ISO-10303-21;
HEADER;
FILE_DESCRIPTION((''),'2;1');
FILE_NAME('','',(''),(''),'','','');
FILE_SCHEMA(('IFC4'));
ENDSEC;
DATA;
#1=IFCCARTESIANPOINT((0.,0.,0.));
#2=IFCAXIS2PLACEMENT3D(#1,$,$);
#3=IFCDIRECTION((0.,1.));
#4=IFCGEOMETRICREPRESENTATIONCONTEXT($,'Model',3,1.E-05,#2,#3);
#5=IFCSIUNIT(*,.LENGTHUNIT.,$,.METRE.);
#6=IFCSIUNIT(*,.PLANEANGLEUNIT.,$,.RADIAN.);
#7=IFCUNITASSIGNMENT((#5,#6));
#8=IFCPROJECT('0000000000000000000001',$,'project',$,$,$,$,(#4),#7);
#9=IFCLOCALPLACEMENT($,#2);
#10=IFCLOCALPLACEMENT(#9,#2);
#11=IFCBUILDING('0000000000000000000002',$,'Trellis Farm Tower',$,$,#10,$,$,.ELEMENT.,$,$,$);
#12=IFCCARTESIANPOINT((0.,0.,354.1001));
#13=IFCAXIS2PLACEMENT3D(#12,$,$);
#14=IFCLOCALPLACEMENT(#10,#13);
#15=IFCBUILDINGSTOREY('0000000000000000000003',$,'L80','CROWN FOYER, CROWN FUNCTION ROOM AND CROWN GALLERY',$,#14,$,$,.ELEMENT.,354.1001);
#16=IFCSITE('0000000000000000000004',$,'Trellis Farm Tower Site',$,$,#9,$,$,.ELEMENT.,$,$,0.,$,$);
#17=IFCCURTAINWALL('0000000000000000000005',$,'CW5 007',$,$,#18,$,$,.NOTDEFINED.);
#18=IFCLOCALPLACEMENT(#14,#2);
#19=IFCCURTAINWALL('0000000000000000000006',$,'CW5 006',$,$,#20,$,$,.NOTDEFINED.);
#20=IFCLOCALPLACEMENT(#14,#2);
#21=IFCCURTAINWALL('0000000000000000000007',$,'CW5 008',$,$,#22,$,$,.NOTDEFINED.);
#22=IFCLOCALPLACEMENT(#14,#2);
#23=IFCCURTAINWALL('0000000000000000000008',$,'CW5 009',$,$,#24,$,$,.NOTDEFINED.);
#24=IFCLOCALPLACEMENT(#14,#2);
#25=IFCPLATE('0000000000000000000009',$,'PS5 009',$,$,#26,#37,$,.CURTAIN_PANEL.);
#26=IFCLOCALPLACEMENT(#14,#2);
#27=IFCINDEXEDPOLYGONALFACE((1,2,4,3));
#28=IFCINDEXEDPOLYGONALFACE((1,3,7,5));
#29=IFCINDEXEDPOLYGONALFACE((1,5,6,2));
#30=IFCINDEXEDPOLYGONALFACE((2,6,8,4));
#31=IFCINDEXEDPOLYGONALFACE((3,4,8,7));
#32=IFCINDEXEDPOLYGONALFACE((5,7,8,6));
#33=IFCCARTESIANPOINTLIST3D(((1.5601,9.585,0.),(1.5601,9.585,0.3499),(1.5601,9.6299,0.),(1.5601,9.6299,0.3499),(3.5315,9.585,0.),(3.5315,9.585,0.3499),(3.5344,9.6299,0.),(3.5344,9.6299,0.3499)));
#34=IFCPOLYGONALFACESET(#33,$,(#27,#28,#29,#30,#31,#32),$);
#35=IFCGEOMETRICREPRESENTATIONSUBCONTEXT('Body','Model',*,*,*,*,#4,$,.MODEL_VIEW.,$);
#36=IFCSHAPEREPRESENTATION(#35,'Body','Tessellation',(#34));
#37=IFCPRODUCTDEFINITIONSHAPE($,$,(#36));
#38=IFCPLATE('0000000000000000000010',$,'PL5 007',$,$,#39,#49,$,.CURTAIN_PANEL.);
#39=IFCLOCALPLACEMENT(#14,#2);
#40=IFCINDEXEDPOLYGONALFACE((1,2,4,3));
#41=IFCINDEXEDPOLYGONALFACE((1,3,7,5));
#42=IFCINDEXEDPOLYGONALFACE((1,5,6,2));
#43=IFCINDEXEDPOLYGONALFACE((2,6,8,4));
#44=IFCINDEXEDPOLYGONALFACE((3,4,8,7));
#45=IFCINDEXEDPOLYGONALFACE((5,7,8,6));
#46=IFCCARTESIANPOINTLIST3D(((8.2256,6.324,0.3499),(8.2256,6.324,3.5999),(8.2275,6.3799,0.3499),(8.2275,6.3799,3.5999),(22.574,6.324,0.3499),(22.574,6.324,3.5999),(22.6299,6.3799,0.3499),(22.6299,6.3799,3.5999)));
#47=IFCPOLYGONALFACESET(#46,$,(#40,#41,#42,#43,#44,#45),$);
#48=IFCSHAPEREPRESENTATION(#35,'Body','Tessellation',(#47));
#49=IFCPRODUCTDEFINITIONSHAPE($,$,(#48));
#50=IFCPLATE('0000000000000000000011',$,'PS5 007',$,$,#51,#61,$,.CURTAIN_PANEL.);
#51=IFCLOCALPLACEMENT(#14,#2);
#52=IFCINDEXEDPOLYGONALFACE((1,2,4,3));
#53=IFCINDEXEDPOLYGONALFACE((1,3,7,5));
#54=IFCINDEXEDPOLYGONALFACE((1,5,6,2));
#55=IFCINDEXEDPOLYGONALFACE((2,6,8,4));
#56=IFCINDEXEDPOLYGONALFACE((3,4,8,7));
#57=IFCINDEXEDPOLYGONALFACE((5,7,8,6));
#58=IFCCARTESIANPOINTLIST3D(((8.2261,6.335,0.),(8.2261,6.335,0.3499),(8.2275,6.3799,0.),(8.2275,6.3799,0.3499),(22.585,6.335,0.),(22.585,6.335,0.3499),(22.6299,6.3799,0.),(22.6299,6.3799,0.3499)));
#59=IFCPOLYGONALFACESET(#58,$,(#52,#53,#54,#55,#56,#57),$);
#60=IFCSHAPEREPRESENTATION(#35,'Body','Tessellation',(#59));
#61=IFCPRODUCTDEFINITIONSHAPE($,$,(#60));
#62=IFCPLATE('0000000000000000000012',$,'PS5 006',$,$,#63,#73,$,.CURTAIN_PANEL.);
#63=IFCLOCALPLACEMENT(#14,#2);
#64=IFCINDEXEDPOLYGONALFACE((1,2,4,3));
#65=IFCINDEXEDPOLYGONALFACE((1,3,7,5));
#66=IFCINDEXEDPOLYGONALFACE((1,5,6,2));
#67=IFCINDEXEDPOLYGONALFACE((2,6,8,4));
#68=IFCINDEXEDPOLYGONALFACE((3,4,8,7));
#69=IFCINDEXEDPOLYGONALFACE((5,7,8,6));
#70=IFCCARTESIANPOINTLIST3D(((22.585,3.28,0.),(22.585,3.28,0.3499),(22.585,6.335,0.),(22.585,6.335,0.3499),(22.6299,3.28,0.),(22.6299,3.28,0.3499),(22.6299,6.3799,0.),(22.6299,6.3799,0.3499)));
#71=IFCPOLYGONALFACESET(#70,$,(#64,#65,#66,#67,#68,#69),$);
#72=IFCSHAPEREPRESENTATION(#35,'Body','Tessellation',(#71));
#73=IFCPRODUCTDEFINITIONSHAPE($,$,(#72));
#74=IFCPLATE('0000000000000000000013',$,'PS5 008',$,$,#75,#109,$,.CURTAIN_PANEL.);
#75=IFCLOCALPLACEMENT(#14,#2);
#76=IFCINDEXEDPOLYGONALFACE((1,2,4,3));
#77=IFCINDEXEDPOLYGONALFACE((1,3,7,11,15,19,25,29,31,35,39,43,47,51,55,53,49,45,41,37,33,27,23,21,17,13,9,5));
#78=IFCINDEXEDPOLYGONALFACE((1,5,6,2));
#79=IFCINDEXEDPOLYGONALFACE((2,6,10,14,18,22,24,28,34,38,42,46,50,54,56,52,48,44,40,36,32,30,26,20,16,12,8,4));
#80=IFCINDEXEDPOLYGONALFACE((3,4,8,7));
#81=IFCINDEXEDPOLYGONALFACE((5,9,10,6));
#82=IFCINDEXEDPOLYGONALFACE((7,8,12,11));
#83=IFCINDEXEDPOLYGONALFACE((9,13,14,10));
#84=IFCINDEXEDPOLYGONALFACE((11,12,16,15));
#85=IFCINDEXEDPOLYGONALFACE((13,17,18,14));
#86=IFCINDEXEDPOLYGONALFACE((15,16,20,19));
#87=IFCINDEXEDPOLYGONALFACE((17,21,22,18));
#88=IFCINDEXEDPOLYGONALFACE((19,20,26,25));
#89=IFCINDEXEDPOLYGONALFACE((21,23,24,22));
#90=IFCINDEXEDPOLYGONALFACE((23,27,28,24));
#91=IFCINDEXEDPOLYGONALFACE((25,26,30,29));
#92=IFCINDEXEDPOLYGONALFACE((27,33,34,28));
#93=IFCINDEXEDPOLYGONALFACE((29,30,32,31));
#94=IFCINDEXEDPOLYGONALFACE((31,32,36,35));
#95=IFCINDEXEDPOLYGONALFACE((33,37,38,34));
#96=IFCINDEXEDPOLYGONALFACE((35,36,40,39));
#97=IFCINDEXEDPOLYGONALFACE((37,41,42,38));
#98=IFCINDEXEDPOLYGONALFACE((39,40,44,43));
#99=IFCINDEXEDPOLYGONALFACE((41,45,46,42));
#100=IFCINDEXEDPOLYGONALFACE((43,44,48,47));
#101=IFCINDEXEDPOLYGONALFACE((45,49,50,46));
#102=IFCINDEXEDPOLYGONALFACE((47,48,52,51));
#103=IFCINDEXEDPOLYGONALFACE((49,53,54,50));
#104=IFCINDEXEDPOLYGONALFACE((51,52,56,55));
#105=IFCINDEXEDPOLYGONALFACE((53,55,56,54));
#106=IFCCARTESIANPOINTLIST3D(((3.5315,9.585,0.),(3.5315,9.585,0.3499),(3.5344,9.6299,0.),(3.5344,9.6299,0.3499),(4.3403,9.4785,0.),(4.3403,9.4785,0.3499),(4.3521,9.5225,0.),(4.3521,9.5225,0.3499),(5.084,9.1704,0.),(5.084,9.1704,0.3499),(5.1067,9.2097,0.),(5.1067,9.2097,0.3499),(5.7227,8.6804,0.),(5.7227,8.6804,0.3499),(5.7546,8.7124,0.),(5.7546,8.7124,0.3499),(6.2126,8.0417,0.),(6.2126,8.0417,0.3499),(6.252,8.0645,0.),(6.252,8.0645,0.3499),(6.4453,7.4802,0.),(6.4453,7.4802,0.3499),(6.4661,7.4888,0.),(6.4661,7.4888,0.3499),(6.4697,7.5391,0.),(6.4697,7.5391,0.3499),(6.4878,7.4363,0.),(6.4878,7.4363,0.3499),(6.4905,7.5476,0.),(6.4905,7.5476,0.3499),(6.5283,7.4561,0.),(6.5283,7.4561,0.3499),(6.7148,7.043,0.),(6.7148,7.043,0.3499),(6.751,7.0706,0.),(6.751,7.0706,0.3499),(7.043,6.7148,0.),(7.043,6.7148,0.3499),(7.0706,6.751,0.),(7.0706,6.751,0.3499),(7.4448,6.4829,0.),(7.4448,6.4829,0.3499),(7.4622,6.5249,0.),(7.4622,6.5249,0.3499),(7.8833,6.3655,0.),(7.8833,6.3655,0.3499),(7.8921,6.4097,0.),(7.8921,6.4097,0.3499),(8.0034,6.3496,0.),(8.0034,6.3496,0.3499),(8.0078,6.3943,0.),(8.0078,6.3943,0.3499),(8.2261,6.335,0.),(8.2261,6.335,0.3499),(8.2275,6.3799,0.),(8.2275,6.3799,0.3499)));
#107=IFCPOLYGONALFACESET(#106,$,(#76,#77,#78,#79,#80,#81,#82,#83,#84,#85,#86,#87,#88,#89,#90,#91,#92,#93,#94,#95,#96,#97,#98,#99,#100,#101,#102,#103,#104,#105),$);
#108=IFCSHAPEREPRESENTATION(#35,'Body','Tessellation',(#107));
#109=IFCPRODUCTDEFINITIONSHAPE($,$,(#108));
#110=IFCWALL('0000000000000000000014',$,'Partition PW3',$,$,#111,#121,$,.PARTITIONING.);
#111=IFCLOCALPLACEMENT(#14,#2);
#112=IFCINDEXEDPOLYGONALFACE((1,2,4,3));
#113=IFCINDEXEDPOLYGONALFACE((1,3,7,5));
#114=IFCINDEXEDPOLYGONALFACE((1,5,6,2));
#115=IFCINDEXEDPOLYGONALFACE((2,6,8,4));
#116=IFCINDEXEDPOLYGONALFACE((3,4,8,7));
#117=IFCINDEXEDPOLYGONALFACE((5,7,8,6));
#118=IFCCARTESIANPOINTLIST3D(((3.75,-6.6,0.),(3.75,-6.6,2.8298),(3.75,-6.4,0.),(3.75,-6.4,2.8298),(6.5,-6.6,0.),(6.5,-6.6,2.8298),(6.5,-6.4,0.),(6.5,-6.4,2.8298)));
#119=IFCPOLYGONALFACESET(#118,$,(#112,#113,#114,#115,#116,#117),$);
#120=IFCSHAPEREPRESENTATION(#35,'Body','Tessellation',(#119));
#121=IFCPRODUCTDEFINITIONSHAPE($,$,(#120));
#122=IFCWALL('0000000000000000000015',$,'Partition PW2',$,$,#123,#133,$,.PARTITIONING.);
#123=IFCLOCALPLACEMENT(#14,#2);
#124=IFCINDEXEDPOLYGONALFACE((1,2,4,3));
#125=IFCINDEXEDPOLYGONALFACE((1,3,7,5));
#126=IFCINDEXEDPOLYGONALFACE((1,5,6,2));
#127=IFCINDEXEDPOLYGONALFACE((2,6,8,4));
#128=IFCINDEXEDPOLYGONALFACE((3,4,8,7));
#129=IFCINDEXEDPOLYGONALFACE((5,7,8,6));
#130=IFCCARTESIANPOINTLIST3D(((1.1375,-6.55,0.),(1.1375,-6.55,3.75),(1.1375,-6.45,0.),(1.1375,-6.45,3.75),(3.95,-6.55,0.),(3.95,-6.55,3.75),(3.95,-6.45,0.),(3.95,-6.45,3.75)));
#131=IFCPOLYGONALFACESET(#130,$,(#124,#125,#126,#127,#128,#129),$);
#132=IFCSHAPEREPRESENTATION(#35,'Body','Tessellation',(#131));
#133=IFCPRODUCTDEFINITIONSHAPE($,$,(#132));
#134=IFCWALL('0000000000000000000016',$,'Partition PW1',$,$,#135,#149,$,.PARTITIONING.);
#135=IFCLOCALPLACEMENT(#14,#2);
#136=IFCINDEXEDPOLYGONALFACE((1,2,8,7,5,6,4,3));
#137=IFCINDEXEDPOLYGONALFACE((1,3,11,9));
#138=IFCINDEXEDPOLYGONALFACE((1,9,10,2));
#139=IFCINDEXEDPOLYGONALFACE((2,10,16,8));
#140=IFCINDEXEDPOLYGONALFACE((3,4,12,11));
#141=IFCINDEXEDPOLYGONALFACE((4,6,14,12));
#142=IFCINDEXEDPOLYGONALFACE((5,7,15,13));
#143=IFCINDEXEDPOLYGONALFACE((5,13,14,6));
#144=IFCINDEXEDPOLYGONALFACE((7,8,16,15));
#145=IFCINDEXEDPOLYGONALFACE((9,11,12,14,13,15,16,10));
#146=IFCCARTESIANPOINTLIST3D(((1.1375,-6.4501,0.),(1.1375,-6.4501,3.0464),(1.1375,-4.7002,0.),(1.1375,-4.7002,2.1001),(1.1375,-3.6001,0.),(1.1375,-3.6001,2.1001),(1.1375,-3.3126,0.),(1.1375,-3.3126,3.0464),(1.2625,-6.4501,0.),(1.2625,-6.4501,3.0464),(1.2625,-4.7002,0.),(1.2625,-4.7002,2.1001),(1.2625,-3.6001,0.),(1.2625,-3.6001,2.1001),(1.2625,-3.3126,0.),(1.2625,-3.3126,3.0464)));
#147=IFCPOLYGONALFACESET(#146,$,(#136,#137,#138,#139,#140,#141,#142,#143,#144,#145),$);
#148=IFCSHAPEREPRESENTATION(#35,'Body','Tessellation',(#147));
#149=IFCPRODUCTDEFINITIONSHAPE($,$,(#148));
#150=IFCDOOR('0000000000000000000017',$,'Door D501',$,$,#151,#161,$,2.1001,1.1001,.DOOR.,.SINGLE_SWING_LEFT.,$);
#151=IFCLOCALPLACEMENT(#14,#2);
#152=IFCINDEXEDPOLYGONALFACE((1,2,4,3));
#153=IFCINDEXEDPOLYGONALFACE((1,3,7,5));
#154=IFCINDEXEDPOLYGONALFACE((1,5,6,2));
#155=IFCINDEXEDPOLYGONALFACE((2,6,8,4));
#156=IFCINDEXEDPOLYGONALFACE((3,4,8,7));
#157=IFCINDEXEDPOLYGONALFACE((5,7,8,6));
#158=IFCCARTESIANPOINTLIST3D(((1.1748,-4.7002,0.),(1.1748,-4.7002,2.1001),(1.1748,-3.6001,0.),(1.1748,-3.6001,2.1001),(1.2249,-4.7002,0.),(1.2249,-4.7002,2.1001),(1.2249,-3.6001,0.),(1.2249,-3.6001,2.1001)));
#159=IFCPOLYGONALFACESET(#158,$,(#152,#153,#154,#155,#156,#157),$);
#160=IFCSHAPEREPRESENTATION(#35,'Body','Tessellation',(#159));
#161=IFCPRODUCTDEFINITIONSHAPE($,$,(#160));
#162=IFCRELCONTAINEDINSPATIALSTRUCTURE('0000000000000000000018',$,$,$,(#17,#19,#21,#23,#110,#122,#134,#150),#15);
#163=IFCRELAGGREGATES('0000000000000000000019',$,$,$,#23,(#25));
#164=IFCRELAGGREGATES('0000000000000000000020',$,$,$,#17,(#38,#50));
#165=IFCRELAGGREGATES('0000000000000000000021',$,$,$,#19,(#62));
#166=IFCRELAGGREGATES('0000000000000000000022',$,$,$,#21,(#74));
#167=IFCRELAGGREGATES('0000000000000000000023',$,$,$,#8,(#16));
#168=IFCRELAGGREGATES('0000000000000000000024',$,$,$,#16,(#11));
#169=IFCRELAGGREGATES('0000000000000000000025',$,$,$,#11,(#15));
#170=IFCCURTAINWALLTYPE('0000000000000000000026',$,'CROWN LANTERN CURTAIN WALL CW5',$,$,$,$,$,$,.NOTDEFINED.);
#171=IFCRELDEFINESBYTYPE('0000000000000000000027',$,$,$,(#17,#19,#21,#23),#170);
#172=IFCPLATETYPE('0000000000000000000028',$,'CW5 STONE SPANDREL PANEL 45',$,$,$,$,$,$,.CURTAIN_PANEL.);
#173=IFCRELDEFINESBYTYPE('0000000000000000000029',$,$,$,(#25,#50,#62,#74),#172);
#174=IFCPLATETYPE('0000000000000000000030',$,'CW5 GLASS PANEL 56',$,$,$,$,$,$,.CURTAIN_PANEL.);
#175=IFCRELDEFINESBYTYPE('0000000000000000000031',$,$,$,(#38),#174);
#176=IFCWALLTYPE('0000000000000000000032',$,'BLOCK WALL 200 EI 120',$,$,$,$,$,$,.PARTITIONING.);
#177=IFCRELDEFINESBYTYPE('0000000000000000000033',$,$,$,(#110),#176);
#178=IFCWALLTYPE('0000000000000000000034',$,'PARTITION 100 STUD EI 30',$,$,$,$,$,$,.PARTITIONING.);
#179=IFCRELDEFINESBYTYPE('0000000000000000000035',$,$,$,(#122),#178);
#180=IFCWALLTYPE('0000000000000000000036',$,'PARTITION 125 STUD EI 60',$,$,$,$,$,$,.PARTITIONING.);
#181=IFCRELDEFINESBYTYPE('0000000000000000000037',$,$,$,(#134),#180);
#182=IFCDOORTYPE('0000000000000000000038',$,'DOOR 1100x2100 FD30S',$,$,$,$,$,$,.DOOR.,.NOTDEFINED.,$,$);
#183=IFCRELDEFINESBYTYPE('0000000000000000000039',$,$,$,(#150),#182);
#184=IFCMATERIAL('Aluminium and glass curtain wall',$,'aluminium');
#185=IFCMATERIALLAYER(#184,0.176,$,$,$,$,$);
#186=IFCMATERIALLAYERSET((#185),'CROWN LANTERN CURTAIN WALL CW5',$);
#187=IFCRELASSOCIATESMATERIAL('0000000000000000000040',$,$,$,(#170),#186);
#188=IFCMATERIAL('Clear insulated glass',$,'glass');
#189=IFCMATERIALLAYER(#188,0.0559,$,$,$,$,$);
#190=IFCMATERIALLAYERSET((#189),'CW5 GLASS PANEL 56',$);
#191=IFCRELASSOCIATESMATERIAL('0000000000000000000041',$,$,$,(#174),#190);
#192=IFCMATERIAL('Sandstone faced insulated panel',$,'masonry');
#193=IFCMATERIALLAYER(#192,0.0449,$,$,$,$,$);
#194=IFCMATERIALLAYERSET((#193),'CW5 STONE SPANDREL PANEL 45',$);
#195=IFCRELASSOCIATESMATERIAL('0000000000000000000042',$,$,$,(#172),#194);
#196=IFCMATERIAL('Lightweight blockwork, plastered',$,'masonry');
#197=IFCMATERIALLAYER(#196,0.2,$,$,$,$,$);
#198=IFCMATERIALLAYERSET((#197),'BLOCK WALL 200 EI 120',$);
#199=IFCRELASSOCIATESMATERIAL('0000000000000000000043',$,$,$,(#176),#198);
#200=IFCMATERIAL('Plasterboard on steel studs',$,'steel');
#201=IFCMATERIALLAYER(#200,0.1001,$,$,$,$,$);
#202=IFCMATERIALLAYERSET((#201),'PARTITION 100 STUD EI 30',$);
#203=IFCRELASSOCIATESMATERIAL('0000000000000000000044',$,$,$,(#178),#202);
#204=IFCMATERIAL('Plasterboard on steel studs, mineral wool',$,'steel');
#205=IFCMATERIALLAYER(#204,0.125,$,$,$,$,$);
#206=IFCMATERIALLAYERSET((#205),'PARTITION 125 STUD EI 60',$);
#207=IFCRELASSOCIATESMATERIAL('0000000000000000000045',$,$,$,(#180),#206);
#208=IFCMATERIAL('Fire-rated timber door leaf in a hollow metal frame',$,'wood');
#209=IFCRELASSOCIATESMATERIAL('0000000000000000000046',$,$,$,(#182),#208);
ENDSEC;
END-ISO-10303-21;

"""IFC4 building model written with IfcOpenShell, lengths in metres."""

from ifc_helpers import new_model, si_unit, direction, frame, frame_2d, origin, place, context, subcontext, project, spatial, polyline, rectangle, outline, extrude, source, transform, mapped, material, layer, layer_set, type_object, element, fill, aggregate, save


model = new_model("IFC4")

# Units and contexts
model_context = context("Model", 3, precision=1e-05, world=origin(), true_north=direction((0.0, 1.0)))
body_context = subcontext(model_context, "Body", "Model", "MODEL_VIEW")
ifc_project = project(units=[si_unit("LENGTHUNIT", "METRE"), si_unit("PLANEANGLEUNIT", "RADIAN")], contexts=[model_context])

# Site, building, storey
site_placement = place(None, origin())
site = spatial("IfcSite", under=ifc_project, at=site_placement, Name="Trellis Farm Tower Site", CompositionType="ELEMENT", RefElevation=0.0)
building_placement = place(site_placement, origin())
building = spatial("IfcBuilding", under=site, at=building_placement, Name="Trellis Farm Tower", CompositionType="ELEMENT")
storey_placement = place(building_placement, frame((0.0, 0.0, 354.1001)))
storey = spatial("IfcBuildingStorey", under=building, at=storey_placement, Name="L80", Description="CROWN FOYER, CROWN FUNCTION ROOM AND CROWN GALLERY", CompositionType="ELEMENT", Elevation=354.1001)

# Shared definitions
ifc_material_1 = material(Name="Aluminium and glass curtain wall", Category="aluminium")
ifc_layer_1 = layer(ifc_material_1, 0.176)
ifc_layer_set_1 = layer_set([ifc_layer_1], Name="CROWN LANTERN CURTAIN WALL CW5")
curtain_wall_type = type_object("IfcCurtainWallType", Name="CROWN LANTERN CURTAIN WALL CW5", PredefinedType="NOTDEFINED", material=ifc_layer_set_1)
placement_1 = place(storey_placement, origin())

# Curtain walls
curtain_wall_1 = element("IfcCurtainWall", 1, at=placement_1, inside=storey, type_object=curtain_wall_type, Name="CW5 007", PredefinedType="NOTDEFINED")
curtain_wall_2 = element("IfcCurtainWall", 2, at=placement_1, inside=storey, type_object=curtain_wall_type, Name="CW5 006", PredefinedType="NOTDEFINED")

# Curtain wall
curtain_wall_3 = element("IfcCurtainWall", 3, at=placement_1, inside=storey, type_object=curtain_wall_type, Name="CW5 008", PredefinedType="NOTDEFINED")
ifc_material_2 = material(Name="Clear insulated glass", Category="glass")
ifc_layer_2 = layer(ifc_material_2, 0.0559)
ifc_layer_set_2 = layer_set([ifc_layer_2], Name="CW5 GLASS PANEL 56")
plate_type_1 = type_object("IfcPlateType", Name="CW5 GLASS PANEL 56", PredefinedType="CURTAIN_PANEL", material=ifc_layer_set_2)
placement_2 = place(storey_placement, frame((0.0, 0.0, 0.3499)))

# Curtain wall, plate
curtain_wall_4 = element("IfcCurtainWall", 4, at=placement_1, inside=storey, type_object=curtain_wall_type, Name="CW5 009", PredefinedType="NOTDEFINED")
ifc_material_3 = material(Name="Sandstone faced insulated panel", Category="masonry")
ifc_layer_3 = layer(ifc_material_3, 0.0449)
ifc_layer_set_3 = layer_set([ifc_layer_3], Name="CW5 STONE SPANDREL PANEL 45")
plate_type_2 = type_object("IfcPlateType", Name="CW5 STONE SPANDREL PANEL 45", PredefinedType="CURTAIN_PANEL", material=ifc_layer_set_3)
plate_1 = element("IfcPlate", 5, at=placement_1, type_object=plate_type_2, Name="PS5 009", PredefinedType="CURTAIN_PANEL", context=body_context, shape_type="SweptSolid", body=[
    extrude(outline(polyline([(3.5344, 9.6299), (1.5601, 9.6299), (1.5601, 9.585), (3.5315, 9.585), (3.5344, 9.6299)])), origin(), (0.0, 0.0, 1.0), 0.3499),
])
aggregate(curtain_wall_4, [plate_1])

# Plates
shared_shape_1 = source(origin(), body_context, "Body", "SweptSolid", [
    extrude(outline(polyline([(22.6299, 6.3799), (8.2275, 6.3799), (8.2256, 6.324), (22.574, 6.324), (22.6299, 6.3799)])), origin(), (0.0, 0.0, 1.0), 3.25),
])
plate_2 = element("IfcPlate", 6, at=placement_2, type_object=plate_type_1, Name="PL5 007", PredefinedType="CURTAIN_PANEL", context=body_context, shape_type="MappedRepresentation", body=[
    mapped(shared_shape_1, transform((0.0, 0.0, 0.0))),
])
shared_shape_2 = source(origin(), body_context, "Body", "SweptSolid", [
    extrude(outline(polyline([(22.6299, 6.3799), (8.2275, 6.3799), (8.2261, 6.335), (22.585, 6.335), (22.6299, 6.3799)])), origin(), (0.0, 0.0, 1.0), 0.3499),
])
plate_3 = element("IfcPlate", 7, at=placement_1, type_object=plate_type_2, Name="PS5 007", PredefinedType="CURTAIN_PANEL", context=body_context, shape_type="MappedRepresentation", body=[
    mapped(shared_shape_2, transform((0.0, 0.0, 0.0))),
])
aggregate(curtain_wall_1, [plate_2, plate_3])
shared_shape_3 = source(origin(), body_context, "Body", "SweptSolid", [
    extrude(outline(polyline([(22.6299, 3.28), (22.6299, 6.3799), (22.585, 6.335), (22.585, 3.28), (22.6299, 3.28)])), origin(), (0.0, 0.0, 1.0), 0.3499),
])
plate_4 = element("IfcPlate", 8, at=placement_1, type_object=plate_type_2, Name="PS5 006", PredefinedType="CURTAIN_PANEL", context=body_context, shape_type="MappedRepresentation", body=[
    mapped(shared_shape_3, transform((0.0, 0.0, 0.0))),
])
aggregate(curtain_wall_2, [plate_4])
shared_shape_4 = source(origin(), body_context, "Body", "SweptSolid", [
    extrude(outline(polyline([(8.2275, 6.3799), (8.0078, 6.3943), (7.8921, 6.4097), (7.4622, 6.5249), (7.0706, 6.751), (6.751, 7.0706), (6.5283, 7.4561), (6.4905, 7.5476), (6.4697, 7.5391), (6.252, 8.0645), (5.7546, 8.7124), (5.1067, 9.2097), (4.3521, 9.5225), (3.5344, 9.6299), (3.5315, 9.585), (4.3403, 9.4785), (5.084, 9.1704), (5.7227, 8.6804), (6.2126, 8.0417), (6.4453, 7.4802), (6.4661, 7.4888), (6.4878, 7.4363), (6.7148, 7.043), (7.043, 6.7148), (7.4448, 6.4829), (7.8833, 6.3655), (8.0034, 6.3496), (8.2261, 6.335), (8.2275, 6.3799)])), origin(), (0.0, 0.0, 1.0), 0.3499),
])
plate_5 = element("IfcPlate", 9, at=placement_1, type_object=plate_type_2, Name="PS5 008", PredefinedType="CURTAIN_PANEL", context=body_context, shape_type="MappedRepresentation", body=[
    mapped(shared_shape_4, transform((0.0, 0.0, 0.0))),
])
aggregate(curtain_wall_3, [plate_5])

# Walls
ifc_material_4 = material(Name="Lightweight blockwork, plastered", Category="masonry")
ifc_layer_4 = layer(ifc_material_4, 0.2)
ifc_layer_set_4 = layer_set([ifc_layer_4], Name="BLOCK WALL 200 EI 120")
wall_type_1 = type_object("IfcWallType", Name="BLOCK WALL 200 EI 120", PredefinedType="PARTITIONING", material=ifc_layer_set_4)
wall_1_placement = place(storey_placement, frame((3.75, -6.5, 0.0), z_axis=(0.0, 0.0, 1.0), x_axis=(1.0, 0.0, 0.0)))
element("IfcWall", 10, at=wall_1_placement, inside=storey, type_object=wall_type_1, Name="Partition PW3", PredefinedType="PARTITIONING", context=body_context, shape_type="SweptSolid", body=[
    extrude(rectangle(XDim=2.75, YDim=0.2, at=frame_2d((1.375, 0.0))), origin(), (0.0, 0.0, 1.0), 2.8298),
])
ifc_material_5 = material(Name="Plasterboard on steel studs", Category="steel")
ifc_layer_5 = layer(ifc_material_5, 0.1001)
ifc_layer_set_5 = layer_set([ifc_layer_5], Name="PARTITION 100 STUD EI 30")
wall_type_2 = type_object("IfcWallType", Name="PARTITION 100 STUD EI 30", PredefinedType="PARTITIONING", material=ifc_layer_set_5)
wall_2_placement = place(storey_placement, frame((1.1375, -6.5, 0.0), z_axis=(0.0, 0.0, 1.0), x_axis=(1.0, 0.0, 0.0)))
element("IfcWall", 11, at=wall_2_placement, inside=storey, type_object=wall_type_2, Name="Partition PW2", PredefinedType="PARTITIONING", context=body_context, shape_type="SweptSolid", body=[
    extrude(rectangle(XDim=2.8125, YDim=0.1001, at=frame_2d((1.4062, 0.0))), origin(), (0.0, 0.0, 1.0), 3.75),
])

# Wall, opening, door
ifc_material_6 = material(Name="Plasterboard on steel studs, mineral wool", Category="steel")
ifc_layer_6 = layer(ifc_material_6, 0.125)
ifc_layer_set_6 = layer_set([ifc_layer_6], Name="PARTITION 125 STUD EI 60")
wall_type_3 = type_object("IfcWallType", Name="PARTITION 125 STUD EI 60", PredefinedType="PARTITIONING", material=ifc_layer_set_6)
shared_shape_5 = source(origin(), body_context, "Body", "SweptSolid", [
    extrude(rectangle(XDim=3.1375, YDim=0.125, at=frame_2d((1.5688, 0.0))), origin(), (0.0, 0.0, 1.0), 3.0464),
])
wall_3_placement = place(storey_placement, frame((1.2, -3.3125, 0.0), z_axis=(0.0, 0.0, 1.0), x_axis=(0.0, -1.0, 0.0)))
wall_3 = element("IfcWall", 12, at=wall_3_placement, inside=storey, type_object=wall_type_3, Name="Partition PW1", PredefinedType="PARTITIONING", context=body_context, shape_type="MappedRepresentation", body=[
    mapped(shared_shape_5, transform((0.0, 0.0, 0.0))),
])
shared_shape_6 = source(origin(), body_context, "Body", "SweptSolid", [
    extrude(rectangle(XDim=1.1001, YDim=2.1001, at=frame_2d((0.55, 1.05))), frame((0.0, 0.0725, 0.0), z_axis=(0.0, -1.0, 0.0), x_axis=(1.0, 0.0, 0.0)), (0.0, 0.0, 1.0), 0.145),
])
opening_1_placement = place(wall_3_placement, frame((0.2876, 0.0, 0.0)))
opening_1 = element("IfcOpeningElement", 13, at=opening_1_placement, cuts=wall_3, PredefinedType="OPENING", context=body_context, shape_type="MappedRepresentation", body=[
    mapped(shared_shape_6, transform((0.0, 0.0, 0.0))),
])
ifc_material_7 = material(Name="Fire-rated timber door leaf in a hollow metal frame", Category="wood")
door_type_1 = type_object("IfcDoorType", Name="DOOR 1100x2100 FD30S", OperationType="NOTDEFINED", PredefinedType="DOOR", material=ifc_material_7)
shared_shape_7 = source(origin(), body_context, "Body", "SweptSolid", [
    extrude(rectangle(XDim=1.1001, YDim=2.1001, at=frame_2d((0.55, 1.05))), frame((0.0, 0.0249, 0.0), z_axis=(0.0, -1.0, 0.0), x_axis=(1.0, 0.0, 0.0)), (0.0, 0.0, 1.0), 0.05),
])
door_1_placement = place(opening_1_placement, origin())
door_1 = element("IfcDoor", 14, at=door_1_placement, inside=storey, type_object=door_type_1, Name="Door D501", OperationType="SINGLE_SWING_LEFT", OverallHeight=2.1001, OverallWidth=1.1001, PredefinedType="DOOR", context=body_context, shape_type="MappedRepresentation", body=[
    mapped(shared_shape_7, transform((0.0, 0.0, 0.0))),
])
fill(opening_1, door_1)

save(model, "model.ifc")
